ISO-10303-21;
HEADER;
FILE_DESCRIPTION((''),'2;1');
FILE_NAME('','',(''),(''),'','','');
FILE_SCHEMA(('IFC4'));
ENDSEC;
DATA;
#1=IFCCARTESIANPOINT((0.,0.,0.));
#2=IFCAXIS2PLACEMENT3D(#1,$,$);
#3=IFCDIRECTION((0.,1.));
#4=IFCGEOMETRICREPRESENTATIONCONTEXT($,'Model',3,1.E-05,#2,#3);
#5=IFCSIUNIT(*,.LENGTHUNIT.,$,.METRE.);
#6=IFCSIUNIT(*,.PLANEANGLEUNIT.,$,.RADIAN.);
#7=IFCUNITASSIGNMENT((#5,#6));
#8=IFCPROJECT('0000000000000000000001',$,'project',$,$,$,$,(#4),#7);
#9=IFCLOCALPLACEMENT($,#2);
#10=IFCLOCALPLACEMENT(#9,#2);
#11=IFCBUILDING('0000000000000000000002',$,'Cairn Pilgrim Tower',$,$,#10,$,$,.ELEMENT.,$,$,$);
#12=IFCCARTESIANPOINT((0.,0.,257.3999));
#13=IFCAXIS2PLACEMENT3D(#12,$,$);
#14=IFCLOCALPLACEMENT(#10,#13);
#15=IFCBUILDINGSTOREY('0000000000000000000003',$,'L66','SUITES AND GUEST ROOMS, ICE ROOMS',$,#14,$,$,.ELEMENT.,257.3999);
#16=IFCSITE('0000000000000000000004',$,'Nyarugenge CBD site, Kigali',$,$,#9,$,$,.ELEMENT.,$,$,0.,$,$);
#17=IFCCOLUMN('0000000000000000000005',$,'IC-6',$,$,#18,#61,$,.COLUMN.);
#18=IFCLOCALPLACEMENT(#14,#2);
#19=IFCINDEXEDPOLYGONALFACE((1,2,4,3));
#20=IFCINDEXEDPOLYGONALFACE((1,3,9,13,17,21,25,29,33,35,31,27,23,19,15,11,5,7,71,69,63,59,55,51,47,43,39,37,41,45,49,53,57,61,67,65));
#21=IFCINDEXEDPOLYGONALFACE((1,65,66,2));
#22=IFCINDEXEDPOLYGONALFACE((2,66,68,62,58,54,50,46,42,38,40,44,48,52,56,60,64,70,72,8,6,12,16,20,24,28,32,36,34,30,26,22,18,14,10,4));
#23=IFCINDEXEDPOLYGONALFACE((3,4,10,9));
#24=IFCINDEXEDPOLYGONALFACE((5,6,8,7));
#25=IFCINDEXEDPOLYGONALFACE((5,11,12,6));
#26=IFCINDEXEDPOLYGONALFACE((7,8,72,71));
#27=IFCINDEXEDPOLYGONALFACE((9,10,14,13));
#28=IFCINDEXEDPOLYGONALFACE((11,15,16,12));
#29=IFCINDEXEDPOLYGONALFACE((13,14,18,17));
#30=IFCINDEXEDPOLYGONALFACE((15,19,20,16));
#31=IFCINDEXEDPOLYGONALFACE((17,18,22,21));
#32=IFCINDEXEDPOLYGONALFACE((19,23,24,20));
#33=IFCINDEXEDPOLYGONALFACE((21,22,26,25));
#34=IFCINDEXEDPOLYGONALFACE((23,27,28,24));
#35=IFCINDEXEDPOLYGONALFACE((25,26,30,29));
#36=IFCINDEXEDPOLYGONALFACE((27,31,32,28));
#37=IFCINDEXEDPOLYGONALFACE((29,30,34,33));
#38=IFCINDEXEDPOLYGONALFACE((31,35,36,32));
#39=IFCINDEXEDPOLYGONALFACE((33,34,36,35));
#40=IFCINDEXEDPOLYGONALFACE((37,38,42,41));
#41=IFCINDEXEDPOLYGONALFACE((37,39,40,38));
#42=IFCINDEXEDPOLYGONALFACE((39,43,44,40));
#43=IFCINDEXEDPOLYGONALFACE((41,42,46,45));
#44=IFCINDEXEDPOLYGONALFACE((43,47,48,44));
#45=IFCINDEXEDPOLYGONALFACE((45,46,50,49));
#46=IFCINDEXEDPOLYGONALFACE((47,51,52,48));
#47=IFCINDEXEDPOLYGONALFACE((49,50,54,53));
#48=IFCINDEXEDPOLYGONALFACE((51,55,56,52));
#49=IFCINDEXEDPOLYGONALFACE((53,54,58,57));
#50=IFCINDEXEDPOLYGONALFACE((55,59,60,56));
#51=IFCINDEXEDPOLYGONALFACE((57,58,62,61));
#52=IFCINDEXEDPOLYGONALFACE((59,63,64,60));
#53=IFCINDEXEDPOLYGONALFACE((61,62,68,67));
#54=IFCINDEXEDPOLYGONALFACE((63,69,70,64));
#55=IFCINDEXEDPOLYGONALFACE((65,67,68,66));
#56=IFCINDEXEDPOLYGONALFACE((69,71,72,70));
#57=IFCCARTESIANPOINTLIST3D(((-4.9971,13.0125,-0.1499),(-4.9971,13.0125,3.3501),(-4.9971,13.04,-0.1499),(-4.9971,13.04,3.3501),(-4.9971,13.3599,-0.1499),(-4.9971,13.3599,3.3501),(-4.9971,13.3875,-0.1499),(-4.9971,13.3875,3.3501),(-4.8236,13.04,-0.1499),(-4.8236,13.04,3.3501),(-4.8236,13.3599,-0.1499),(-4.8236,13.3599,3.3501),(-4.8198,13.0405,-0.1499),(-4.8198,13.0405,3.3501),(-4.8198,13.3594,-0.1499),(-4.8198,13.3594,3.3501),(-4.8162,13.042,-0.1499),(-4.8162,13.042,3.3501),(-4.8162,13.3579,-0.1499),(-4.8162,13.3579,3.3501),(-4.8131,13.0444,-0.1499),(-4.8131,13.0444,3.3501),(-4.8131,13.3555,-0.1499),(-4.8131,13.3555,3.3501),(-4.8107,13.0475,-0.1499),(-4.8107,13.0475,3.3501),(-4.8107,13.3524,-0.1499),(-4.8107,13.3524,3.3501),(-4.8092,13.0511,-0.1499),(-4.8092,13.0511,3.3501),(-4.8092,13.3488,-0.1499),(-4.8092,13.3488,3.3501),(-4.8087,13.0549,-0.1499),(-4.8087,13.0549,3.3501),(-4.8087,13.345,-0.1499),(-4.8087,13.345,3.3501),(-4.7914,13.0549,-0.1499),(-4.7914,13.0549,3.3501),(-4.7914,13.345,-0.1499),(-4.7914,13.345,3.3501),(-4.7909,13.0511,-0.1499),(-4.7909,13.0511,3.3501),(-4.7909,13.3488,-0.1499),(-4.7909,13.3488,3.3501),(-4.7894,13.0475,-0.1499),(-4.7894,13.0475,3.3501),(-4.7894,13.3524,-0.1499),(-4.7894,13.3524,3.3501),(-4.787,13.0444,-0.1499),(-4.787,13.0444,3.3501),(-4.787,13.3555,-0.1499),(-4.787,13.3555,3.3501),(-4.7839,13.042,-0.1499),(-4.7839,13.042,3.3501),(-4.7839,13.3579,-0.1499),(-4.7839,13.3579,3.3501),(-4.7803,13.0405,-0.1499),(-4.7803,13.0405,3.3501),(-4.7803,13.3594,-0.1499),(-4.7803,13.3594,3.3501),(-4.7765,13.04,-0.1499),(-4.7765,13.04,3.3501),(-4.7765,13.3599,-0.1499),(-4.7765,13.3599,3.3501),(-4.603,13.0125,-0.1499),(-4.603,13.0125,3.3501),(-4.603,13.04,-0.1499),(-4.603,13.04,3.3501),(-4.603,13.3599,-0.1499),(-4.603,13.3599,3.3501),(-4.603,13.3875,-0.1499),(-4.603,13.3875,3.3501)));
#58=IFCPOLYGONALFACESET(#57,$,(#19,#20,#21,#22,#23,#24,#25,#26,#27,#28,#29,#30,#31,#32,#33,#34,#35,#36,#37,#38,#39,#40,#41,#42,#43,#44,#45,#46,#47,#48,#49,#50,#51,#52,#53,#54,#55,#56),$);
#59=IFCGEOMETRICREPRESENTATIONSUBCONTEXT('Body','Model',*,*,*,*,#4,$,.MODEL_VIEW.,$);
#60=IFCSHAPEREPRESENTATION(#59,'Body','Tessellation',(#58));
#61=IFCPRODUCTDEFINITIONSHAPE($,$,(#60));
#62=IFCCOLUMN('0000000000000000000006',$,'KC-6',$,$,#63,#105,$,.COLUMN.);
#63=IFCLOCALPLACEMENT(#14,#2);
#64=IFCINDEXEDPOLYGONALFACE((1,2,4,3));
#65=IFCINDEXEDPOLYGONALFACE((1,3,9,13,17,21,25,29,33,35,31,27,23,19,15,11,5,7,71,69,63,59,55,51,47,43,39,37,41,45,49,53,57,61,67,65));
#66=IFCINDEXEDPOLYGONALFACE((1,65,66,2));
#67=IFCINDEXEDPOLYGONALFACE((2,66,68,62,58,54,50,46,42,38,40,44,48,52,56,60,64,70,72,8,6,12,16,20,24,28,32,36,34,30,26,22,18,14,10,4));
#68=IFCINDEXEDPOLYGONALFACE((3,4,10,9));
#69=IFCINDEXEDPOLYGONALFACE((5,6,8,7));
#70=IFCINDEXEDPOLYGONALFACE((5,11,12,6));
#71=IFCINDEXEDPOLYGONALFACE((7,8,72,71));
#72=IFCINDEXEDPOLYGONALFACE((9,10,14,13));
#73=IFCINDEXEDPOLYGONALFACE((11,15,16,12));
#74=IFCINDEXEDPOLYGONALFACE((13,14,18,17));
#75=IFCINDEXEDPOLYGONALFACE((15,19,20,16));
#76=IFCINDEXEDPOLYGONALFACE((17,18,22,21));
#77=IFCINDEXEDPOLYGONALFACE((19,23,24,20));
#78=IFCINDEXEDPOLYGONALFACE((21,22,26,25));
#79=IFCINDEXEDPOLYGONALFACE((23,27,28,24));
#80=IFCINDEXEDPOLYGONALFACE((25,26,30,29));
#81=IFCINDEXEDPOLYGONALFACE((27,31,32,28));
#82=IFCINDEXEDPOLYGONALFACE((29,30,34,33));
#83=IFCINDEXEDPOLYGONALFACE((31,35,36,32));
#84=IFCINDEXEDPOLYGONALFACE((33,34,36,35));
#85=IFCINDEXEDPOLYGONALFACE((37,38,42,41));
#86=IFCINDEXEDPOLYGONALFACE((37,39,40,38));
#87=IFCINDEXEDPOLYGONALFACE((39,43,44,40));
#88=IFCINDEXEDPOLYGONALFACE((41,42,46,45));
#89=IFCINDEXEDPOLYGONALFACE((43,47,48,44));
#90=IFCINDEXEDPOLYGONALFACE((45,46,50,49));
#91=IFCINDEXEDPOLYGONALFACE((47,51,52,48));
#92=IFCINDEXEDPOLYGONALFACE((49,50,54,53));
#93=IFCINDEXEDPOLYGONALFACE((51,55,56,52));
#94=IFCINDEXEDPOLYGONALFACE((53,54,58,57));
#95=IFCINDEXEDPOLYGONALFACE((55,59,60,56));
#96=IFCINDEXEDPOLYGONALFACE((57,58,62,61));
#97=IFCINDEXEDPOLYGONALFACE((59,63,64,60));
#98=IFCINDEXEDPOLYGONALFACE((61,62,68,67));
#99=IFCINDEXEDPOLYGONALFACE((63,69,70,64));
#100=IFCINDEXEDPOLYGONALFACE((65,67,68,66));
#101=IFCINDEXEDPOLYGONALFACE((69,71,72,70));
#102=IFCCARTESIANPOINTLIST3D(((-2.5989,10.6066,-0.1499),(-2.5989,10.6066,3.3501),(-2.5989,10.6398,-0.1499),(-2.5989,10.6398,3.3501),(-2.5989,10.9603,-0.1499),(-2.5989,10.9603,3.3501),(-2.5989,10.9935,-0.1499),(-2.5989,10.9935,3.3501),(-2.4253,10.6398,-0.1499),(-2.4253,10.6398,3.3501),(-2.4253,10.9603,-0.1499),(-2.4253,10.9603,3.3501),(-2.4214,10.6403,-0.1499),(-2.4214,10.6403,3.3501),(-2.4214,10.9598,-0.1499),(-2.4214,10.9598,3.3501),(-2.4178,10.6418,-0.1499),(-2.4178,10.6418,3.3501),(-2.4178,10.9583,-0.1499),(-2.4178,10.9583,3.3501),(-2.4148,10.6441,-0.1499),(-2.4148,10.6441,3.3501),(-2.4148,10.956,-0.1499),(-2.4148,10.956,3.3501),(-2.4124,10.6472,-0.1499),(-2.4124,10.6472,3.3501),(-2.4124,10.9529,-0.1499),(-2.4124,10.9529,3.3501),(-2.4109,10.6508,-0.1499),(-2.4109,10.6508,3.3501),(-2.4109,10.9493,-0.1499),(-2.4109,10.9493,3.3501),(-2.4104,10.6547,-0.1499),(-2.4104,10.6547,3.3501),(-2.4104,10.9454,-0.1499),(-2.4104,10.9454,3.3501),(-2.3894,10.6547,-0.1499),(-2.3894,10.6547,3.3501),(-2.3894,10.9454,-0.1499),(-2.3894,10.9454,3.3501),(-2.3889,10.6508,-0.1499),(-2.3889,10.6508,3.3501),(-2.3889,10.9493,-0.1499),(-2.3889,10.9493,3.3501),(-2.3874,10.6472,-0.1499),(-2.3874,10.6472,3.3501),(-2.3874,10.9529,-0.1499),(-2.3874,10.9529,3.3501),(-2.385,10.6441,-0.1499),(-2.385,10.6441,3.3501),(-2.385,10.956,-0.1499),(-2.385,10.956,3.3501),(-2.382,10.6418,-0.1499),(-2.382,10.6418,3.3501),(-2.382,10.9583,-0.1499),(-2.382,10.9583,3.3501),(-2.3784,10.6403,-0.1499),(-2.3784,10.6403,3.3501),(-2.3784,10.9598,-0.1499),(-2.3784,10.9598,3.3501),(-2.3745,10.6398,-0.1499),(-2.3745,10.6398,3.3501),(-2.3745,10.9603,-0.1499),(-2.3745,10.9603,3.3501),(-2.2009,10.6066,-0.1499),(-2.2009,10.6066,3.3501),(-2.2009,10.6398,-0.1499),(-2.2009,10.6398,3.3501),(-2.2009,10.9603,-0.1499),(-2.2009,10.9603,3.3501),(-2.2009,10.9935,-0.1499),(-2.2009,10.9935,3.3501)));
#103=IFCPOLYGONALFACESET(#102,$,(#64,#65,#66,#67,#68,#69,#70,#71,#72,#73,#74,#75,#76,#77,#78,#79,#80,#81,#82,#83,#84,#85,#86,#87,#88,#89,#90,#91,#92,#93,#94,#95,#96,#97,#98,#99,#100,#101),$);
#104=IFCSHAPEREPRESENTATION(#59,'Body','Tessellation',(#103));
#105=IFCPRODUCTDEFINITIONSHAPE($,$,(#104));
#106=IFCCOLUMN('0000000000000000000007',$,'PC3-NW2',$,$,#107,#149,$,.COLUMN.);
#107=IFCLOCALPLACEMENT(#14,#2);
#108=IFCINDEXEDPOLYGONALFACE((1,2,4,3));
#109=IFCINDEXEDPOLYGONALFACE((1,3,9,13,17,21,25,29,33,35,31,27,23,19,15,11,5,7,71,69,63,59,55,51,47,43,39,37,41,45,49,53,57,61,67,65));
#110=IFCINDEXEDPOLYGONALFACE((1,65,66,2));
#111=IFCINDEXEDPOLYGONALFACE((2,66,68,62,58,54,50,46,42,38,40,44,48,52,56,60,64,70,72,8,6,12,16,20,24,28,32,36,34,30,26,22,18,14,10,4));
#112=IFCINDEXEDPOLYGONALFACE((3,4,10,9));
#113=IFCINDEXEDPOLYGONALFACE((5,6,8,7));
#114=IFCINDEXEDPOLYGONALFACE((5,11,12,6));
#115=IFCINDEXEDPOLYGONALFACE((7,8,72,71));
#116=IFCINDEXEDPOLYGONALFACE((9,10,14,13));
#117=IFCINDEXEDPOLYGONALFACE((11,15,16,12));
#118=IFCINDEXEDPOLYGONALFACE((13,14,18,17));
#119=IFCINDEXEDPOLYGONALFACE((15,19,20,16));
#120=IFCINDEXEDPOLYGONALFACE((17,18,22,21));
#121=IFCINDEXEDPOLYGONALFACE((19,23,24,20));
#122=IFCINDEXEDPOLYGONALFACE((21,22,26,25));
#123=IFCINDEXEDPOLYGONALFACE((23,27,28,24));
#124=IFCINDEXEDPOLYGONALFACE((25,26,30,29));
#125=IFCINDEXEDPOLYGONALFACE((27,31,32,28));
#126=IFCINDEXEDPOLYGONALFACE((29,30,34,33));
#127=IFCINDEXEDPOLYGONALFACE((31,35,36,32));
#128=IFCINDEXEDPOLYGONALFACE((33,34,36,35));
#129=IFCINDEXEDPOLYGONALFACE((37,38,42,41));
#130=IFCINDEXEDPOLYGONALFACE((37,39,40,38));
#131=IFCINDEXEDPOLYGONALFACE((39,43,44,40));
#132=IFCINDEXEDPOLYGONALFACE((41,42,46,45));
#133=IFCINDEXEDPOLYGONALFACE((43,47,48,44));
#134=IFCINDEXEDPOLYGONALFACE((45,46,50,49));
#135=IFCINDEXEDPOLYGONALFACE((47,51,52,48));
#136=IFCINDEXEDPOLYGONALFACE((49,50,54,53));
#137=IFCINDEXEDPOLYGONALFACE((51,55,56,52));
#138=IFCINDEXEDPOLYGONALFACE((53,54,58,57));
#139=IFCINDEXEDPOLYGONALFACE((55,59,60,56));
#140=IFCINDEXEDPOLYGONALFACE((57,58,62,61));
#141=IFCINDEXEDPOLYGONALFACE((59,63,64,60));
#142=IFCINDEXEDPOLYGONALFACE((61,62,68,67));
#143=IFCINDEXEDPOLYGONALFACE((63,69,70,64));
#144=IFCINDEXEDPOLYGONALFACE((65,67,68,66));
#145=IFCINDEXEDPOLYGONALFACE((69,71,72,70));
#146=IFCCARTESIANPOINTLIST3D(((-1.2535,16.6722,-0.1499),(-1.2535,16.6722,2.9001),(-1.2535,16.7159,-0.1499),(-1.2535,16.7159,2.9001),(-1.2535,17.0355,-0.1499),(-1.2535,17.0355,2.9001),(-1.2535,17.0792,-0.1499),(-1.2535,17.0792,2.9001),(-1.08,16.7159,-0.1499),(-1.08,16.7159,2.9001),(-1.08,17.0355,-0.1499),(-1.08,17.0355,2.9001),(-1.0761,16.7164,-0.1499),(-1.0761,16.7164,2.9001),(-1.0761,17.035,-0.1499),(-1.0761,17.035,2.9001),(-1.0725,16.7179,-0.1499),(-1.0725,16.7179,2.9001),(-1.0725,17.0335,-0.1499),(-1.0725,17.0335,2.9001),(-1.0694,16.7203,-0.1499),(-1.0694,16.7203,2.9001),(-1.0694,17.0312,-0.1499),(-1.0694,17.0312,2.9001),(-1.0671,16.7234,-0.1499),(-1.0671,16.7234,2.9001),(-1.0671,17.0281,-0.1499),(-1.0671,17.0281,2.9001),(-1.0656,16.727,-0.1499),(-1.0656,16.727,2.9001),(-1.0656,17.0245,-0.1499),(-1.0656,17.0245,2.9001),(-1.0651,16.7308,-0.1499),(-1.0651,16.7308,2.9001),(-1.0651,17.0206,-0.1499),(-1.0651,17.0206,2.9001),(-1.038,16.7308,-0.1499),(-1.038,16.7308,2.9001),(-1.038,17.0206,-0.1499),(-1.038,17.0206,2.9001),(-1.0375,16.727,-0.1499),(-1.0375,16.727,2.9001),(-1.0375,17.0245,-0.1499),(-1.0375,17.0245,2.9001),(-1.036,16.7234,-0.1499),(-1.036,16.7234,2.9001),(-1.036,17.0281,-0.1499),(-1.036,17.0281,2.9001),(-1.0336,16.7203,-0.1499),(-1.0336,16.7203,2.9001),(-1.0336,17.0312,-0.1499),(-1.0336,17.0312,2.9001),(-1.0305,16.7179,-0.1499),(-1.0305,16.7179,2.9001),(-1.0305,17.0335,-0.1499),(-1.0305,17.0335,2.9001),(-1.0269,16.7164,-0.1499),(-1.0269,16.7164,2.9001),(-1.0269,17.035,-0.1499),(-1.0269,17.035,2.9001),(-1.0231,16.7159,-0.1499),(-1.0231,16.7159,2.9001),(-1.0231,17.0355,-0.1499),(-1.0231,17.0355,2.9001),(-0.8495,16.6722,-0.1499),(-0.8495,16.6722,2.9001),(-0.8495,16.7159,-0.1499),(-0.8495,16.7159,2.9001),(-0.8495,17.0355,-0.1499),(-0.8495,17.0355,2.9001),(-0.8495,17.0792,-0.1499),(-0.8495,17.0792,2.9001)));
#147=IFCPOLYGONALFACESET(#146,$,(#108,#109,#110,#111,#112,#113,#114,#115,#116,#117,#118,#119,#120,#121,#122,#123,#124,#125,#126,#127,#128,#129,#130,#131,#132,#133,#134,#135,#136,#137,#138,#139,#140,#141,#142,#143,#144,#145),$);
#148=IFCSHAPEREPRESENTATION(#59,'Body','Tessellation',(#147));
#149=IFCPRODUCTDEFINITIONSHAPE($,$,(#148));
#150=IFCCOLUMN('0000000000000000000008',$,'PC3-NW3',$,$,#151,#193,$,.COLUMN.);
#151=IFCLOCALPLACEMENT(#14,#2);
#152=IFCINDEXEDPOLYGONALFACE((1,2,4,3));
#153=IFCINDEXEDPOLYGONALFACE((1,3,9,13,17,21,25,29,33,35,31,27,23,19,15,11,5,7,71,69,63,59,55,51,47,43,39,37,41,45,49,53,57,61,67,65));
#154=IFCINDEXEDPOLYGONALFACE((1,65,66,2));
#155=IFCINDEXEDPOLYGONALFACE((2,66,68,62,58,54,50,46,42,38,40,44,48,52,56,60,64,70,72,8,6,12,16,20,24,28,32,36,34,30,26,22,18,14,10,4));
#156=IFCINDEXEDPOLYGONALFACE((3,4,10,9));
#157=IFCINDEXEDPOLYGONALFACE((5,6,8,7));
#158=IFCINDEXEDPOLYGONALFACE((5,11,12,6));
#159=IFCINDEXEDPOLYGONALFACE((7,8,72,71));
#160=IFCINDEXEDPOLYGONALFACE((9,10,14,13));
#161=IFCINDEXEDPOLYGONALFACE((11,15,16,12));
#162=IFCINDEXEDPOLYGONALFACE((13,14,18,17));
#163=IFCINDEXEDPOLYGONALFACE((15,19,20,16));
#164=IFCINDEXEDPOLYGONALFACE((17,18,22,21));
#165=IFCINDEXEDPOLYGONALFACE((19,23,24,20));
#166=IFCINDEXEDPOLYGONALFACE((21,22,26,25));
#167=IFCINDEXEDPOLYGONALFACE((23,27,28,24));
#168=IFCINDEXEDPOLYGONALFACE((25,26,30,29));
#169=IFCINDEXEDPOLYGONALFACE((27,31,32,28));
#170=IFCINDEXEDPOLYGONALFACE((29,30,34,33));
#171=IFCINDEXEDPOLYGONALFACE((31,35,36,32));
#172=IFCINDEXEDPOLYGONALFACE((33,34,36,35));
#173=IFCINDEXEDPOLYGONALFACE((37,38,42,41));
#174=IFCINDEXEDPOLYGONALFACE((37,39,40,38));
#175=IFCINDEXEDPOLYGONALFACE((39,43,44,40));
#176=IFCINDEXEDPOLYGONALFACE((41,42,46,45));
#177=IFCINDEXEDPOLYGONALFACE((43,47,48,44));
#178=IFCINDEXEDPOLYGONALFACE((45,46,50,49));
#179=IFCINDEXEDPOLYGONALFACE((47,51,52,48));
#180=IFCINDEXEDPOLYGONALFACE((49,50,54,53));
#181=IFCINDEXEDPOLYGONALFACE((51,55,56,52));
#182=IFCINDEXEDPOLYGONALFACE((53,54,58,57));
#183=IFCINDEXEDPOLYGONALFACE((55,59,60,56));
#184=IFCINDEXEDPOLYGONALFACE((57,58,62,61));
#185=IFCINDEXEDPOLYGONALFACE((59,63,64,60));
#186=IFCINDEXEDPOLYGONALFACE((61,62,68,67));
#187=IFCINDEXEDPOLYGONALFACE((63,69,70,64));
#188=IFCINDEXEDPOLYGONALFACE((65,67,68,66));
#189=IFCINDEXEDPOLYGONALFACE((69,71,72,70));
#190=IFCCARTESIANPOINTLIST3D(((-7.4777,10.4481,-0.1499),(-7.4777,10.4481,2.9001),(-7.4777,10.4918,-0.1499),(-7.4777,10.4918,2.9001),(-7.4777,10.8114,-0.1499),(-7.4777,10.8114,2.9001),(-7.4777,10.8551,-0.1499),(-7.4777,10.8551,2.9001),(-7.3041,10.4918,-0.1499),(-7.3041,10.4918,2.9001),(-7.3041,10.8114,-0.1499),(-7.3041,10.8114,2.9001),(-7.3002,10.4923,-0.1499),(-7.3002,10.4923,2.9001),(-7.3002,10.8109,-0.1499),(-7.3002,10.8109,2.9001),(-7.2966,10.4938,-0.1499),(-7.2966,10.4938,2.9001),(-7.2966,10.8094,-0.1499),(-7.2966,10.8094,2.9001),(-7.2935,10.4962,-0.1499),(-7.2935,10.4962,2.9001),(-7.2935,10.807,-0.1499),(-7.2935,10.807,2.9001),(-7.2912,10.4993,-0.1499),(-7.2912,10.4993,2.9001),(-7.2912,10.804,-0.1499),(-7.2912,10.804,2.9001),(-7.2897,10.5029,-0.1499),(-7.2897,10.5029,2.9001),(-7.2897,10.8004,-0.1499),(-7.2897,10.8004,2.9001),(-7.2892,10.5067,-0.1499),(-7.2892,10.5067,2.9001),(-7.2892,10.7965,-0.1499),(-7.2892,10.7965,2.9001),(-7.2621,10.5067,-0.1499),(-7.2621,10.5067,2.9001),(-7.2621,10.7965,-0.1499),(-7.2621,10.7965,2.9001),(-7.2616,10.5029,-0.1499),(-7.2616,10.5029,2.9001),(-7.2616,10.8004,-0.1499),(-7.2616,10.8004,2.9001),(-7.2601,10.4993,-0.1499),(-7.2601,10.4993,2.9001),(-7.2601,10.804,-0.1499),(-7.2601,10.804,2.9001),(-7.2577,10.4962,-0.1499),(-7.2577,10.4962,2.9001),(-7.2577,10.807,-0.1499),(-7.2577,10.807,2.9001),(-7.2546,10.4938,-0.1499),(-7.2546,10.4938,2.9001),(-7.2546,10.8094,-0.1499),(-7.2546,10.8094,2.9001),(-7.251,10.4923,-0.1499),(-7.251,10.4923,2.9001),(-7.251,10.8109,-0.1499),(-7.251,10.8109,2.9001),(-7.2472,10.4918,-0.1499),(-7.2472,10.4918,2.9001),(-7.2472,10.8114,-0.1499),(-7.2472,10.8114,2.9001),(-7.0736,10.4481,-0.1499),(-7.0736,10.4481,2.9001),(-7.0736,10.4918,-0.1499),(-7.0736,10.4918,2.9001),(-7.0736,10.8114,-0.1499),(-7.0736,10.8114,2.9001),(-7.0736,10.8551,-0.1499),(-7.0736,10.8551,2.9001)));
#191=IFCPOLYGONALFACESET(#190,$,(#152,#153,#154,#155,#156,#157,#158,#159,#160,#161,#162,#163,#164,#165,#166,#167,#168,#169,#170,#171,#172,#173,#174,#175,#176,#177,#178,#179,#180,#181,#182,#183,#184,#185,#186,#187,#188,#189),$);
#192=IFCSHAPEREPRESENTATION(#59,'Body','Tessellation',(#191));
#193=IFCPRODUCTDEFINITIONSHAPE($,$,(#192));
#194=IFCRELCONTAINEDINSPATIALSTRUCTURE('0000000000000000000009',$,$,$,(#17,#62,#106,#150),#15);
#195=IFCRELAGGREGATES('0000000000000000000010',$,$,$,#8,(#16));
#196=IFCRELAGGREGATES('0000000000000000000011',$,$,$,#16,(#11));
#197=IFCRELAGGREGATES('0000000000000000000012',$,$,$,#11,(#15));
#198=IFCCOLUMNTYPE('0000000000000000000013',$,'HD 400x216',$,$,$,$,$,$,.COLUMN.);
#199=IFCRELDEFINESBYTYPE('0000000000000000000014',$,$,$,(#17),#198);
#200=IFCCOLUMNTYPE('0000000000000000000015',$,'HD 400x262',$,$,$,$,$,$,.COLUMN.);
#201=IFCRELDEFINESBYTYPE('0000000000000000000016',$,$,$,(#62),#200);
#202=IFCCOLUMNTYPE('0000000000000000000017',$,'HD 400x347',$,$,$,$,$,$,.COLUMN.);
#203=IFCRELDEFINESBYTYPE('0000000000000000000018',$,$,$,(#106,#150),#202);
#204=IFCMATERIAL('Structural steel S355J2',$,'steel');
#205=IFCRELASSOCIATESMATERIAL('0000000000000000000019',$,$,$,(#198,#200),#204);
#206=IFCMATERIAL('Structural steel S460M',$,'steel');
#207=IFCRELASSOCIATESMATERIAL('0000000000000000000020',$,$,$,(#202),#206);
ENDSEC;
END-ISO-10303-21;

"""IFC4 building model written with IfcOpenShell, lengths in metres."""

from ifc_helpers import new_model, si_unit, direction, frame, origin, origin_2d, place, context, subcontext, project, spatial, i_section, extrude, clip, halfspace, material, material_profile, profile_set, type_object, element, save


model = new_model("IFC4")

# Units and contexts
model_context = context("Model", 3, precision=1e-05, world=origin(), true_north=direction((0.0, 1.0)))
body_context = subcontext(model_context, "Body", "Model", "MODEL_VIEW")
ifc_project = project(units=[si_unit("LENGTHUNIT", "METRE"), si_unit("PLANEANGLEUNIT", "RADIAN")], contexts=[model_context])

# Site, building, storey
site_placement = place(None, origin())
site = spatial("IfcSite", under=ifc_project, at=site_placement, Name="Nyarugenge CBD site, Kigali", CompositionType="ELEMENT", RefElevation=0.0)
building_placement = place(site_placement, origin())
building = spatial("IfcBuilding", under=site, at=building_placement, Name="Cairn Pilgrim Tower", CompositionType="ELEMENT")
storey_placement = place(building_placement, frame((0.0, 0.0, 257.3999)))
storey = spatial("IfcBuildingStorey", under=building, at=storey_placement, Name="L66", Description="SUITES AND GUEST ROOMS, ICE ROOMS", CompositionType="ELEMENT", Elevation=257.3999)

# Columns
ifc_material_1 = material(Name="Structural steel S355J2", Category="steel")
ifc_material_profile_1 = material_profile(ifc_material_1, i_section(OverallWidth=0.394, OverallDepth=0.375, WebThickness=0.0173, FlangeThickness=0.0276, FilletRadius=0.0149, at=origin_2d()), Name="HD 400x216")
ifc_profile_set_1 = profile_set([ifc_material_profile_1], Name="Structural steel S355J2")
column_type_1 = type_object("IfcColumnType", Name="HD 400x216", PredefinedType="COLUMN", material=ifc_profile_set_1)
column_1_placement = place(storey_placement, frame((-4.8, 13.2, -0.1499), z_axis=(0.0, 0.0, 1.0), x_axis=(1.0, 0.0, 0.0)))
element("IfcColumn", 1, at=column_1_placement, inside=storey, type_object=column_type_1, Name="IC-6", PredefinedType="COLUMN", context=body_context, shape_type="SweptSolid", body=[
    extrude(i_section(OverallWidth=0.394, OverallDepth=0.375, WebThickness=0.0173, FlangeThickness=0.0276, FilletRadius=0.0149, at=origin_2d()), origin(), (0.0, 0.0, 1.0), 3.5),
])
ifc_material_profile_2 = material_profile(ifc_material_1, i_section(OverallWidth=0.3979, OverallDepth=0.387, WebThickness=0.021, FlangeThickness=0.0332, FilletRadius=0.0149, at=origin_2d()), Name="HD 400x262")
ifc_profile_set_2 = profile_set([ifc_material_profile_2], Name="Structural steel S355J2")
column_type_2 = type_object("IfcColumnType", Name="HD 400x262", PredefinedType="COLUMN", material=ifc_profile_set_2)
column_2_placement = place(storey_placement, frame((-2.3999, 10.8, -0.1499), z_axis=(0.0, 0.0, 1.0), x_axis=(1.0, 0.0, 0.0)))
element("IfcColumn", 2, at=column_2_placement, inside=storey, type_object=column_type_2, Name="KC-6", PredefinedType="COLUMN", context=body_context, shape_type="SweptSolid", body=[
    extrude(i_section(OverallWidth=0.3979, OverallDepth=0.387, WebThickness=0.021, FlangeThickness=0.0332, FilletRadius=0.0149, at=origin_2d()), origin(), (0.0, 0.0, 1.0), 3.5),
])
ifc_material_2 = material(Name="Structural steel S460M", Category="steel")
ifc_material_profile_3 = material_profile(ifc_material_2, i_section(OverallWidth=0.4041, OverallDepth=0.407, WebThickness=0.0271, FlangeThickness=0.0437, FilletRadius=0.0149, at=origin_2d()), Name="HD 400x347")
ifc_profile_set_3 = profile_set([ifc_material_profile_3], Name="Structural steel S460M")
column_type_3 = type_object("IfcColumnType", Name="HD 400x347", PredefinedType="COLUMN", material=ifc_profile_set_3)
for number, where, z_axis, x_axis, name in (
    (3, (-1.0515, 16.8757, -0.1499), (0.0, 0.0, 1.0), (1.0, 0.0, 0.0), "PC3-NW2"),
    (4, (-7.2756, 10.6516, -0.1499), (0.0, 0.0, 1.0), (1.0, 0.0, 0.0), "PC3-NW3"),
):
    element("IfcColumn", number, at=place(storey_placement, frame(where, z_axis=z_axis, x_axis=x_axis)), inside=storey, type_object=column_type_3, Name=name, PredefinedType="COLUMN", context=body_context, shape_type="Clipping", body=[
        clip(extrude(i_section(OverallWidth=0.4041, OverallDepth=0.407, WebThickness=0.0271, FlangeThickness=0.0437, FilletRadius=0.0149, at=origin_2d()), origin(), (0.0, 0.0, 1.0), 3.5), halfspace(frame((0.0, 0.0, 3.05), z_axis=(0.0, 0.0, 1.0), x_axis=(1.0, 0.0, 0.0)), False)),
    ])

save(model, "model.ifc")
